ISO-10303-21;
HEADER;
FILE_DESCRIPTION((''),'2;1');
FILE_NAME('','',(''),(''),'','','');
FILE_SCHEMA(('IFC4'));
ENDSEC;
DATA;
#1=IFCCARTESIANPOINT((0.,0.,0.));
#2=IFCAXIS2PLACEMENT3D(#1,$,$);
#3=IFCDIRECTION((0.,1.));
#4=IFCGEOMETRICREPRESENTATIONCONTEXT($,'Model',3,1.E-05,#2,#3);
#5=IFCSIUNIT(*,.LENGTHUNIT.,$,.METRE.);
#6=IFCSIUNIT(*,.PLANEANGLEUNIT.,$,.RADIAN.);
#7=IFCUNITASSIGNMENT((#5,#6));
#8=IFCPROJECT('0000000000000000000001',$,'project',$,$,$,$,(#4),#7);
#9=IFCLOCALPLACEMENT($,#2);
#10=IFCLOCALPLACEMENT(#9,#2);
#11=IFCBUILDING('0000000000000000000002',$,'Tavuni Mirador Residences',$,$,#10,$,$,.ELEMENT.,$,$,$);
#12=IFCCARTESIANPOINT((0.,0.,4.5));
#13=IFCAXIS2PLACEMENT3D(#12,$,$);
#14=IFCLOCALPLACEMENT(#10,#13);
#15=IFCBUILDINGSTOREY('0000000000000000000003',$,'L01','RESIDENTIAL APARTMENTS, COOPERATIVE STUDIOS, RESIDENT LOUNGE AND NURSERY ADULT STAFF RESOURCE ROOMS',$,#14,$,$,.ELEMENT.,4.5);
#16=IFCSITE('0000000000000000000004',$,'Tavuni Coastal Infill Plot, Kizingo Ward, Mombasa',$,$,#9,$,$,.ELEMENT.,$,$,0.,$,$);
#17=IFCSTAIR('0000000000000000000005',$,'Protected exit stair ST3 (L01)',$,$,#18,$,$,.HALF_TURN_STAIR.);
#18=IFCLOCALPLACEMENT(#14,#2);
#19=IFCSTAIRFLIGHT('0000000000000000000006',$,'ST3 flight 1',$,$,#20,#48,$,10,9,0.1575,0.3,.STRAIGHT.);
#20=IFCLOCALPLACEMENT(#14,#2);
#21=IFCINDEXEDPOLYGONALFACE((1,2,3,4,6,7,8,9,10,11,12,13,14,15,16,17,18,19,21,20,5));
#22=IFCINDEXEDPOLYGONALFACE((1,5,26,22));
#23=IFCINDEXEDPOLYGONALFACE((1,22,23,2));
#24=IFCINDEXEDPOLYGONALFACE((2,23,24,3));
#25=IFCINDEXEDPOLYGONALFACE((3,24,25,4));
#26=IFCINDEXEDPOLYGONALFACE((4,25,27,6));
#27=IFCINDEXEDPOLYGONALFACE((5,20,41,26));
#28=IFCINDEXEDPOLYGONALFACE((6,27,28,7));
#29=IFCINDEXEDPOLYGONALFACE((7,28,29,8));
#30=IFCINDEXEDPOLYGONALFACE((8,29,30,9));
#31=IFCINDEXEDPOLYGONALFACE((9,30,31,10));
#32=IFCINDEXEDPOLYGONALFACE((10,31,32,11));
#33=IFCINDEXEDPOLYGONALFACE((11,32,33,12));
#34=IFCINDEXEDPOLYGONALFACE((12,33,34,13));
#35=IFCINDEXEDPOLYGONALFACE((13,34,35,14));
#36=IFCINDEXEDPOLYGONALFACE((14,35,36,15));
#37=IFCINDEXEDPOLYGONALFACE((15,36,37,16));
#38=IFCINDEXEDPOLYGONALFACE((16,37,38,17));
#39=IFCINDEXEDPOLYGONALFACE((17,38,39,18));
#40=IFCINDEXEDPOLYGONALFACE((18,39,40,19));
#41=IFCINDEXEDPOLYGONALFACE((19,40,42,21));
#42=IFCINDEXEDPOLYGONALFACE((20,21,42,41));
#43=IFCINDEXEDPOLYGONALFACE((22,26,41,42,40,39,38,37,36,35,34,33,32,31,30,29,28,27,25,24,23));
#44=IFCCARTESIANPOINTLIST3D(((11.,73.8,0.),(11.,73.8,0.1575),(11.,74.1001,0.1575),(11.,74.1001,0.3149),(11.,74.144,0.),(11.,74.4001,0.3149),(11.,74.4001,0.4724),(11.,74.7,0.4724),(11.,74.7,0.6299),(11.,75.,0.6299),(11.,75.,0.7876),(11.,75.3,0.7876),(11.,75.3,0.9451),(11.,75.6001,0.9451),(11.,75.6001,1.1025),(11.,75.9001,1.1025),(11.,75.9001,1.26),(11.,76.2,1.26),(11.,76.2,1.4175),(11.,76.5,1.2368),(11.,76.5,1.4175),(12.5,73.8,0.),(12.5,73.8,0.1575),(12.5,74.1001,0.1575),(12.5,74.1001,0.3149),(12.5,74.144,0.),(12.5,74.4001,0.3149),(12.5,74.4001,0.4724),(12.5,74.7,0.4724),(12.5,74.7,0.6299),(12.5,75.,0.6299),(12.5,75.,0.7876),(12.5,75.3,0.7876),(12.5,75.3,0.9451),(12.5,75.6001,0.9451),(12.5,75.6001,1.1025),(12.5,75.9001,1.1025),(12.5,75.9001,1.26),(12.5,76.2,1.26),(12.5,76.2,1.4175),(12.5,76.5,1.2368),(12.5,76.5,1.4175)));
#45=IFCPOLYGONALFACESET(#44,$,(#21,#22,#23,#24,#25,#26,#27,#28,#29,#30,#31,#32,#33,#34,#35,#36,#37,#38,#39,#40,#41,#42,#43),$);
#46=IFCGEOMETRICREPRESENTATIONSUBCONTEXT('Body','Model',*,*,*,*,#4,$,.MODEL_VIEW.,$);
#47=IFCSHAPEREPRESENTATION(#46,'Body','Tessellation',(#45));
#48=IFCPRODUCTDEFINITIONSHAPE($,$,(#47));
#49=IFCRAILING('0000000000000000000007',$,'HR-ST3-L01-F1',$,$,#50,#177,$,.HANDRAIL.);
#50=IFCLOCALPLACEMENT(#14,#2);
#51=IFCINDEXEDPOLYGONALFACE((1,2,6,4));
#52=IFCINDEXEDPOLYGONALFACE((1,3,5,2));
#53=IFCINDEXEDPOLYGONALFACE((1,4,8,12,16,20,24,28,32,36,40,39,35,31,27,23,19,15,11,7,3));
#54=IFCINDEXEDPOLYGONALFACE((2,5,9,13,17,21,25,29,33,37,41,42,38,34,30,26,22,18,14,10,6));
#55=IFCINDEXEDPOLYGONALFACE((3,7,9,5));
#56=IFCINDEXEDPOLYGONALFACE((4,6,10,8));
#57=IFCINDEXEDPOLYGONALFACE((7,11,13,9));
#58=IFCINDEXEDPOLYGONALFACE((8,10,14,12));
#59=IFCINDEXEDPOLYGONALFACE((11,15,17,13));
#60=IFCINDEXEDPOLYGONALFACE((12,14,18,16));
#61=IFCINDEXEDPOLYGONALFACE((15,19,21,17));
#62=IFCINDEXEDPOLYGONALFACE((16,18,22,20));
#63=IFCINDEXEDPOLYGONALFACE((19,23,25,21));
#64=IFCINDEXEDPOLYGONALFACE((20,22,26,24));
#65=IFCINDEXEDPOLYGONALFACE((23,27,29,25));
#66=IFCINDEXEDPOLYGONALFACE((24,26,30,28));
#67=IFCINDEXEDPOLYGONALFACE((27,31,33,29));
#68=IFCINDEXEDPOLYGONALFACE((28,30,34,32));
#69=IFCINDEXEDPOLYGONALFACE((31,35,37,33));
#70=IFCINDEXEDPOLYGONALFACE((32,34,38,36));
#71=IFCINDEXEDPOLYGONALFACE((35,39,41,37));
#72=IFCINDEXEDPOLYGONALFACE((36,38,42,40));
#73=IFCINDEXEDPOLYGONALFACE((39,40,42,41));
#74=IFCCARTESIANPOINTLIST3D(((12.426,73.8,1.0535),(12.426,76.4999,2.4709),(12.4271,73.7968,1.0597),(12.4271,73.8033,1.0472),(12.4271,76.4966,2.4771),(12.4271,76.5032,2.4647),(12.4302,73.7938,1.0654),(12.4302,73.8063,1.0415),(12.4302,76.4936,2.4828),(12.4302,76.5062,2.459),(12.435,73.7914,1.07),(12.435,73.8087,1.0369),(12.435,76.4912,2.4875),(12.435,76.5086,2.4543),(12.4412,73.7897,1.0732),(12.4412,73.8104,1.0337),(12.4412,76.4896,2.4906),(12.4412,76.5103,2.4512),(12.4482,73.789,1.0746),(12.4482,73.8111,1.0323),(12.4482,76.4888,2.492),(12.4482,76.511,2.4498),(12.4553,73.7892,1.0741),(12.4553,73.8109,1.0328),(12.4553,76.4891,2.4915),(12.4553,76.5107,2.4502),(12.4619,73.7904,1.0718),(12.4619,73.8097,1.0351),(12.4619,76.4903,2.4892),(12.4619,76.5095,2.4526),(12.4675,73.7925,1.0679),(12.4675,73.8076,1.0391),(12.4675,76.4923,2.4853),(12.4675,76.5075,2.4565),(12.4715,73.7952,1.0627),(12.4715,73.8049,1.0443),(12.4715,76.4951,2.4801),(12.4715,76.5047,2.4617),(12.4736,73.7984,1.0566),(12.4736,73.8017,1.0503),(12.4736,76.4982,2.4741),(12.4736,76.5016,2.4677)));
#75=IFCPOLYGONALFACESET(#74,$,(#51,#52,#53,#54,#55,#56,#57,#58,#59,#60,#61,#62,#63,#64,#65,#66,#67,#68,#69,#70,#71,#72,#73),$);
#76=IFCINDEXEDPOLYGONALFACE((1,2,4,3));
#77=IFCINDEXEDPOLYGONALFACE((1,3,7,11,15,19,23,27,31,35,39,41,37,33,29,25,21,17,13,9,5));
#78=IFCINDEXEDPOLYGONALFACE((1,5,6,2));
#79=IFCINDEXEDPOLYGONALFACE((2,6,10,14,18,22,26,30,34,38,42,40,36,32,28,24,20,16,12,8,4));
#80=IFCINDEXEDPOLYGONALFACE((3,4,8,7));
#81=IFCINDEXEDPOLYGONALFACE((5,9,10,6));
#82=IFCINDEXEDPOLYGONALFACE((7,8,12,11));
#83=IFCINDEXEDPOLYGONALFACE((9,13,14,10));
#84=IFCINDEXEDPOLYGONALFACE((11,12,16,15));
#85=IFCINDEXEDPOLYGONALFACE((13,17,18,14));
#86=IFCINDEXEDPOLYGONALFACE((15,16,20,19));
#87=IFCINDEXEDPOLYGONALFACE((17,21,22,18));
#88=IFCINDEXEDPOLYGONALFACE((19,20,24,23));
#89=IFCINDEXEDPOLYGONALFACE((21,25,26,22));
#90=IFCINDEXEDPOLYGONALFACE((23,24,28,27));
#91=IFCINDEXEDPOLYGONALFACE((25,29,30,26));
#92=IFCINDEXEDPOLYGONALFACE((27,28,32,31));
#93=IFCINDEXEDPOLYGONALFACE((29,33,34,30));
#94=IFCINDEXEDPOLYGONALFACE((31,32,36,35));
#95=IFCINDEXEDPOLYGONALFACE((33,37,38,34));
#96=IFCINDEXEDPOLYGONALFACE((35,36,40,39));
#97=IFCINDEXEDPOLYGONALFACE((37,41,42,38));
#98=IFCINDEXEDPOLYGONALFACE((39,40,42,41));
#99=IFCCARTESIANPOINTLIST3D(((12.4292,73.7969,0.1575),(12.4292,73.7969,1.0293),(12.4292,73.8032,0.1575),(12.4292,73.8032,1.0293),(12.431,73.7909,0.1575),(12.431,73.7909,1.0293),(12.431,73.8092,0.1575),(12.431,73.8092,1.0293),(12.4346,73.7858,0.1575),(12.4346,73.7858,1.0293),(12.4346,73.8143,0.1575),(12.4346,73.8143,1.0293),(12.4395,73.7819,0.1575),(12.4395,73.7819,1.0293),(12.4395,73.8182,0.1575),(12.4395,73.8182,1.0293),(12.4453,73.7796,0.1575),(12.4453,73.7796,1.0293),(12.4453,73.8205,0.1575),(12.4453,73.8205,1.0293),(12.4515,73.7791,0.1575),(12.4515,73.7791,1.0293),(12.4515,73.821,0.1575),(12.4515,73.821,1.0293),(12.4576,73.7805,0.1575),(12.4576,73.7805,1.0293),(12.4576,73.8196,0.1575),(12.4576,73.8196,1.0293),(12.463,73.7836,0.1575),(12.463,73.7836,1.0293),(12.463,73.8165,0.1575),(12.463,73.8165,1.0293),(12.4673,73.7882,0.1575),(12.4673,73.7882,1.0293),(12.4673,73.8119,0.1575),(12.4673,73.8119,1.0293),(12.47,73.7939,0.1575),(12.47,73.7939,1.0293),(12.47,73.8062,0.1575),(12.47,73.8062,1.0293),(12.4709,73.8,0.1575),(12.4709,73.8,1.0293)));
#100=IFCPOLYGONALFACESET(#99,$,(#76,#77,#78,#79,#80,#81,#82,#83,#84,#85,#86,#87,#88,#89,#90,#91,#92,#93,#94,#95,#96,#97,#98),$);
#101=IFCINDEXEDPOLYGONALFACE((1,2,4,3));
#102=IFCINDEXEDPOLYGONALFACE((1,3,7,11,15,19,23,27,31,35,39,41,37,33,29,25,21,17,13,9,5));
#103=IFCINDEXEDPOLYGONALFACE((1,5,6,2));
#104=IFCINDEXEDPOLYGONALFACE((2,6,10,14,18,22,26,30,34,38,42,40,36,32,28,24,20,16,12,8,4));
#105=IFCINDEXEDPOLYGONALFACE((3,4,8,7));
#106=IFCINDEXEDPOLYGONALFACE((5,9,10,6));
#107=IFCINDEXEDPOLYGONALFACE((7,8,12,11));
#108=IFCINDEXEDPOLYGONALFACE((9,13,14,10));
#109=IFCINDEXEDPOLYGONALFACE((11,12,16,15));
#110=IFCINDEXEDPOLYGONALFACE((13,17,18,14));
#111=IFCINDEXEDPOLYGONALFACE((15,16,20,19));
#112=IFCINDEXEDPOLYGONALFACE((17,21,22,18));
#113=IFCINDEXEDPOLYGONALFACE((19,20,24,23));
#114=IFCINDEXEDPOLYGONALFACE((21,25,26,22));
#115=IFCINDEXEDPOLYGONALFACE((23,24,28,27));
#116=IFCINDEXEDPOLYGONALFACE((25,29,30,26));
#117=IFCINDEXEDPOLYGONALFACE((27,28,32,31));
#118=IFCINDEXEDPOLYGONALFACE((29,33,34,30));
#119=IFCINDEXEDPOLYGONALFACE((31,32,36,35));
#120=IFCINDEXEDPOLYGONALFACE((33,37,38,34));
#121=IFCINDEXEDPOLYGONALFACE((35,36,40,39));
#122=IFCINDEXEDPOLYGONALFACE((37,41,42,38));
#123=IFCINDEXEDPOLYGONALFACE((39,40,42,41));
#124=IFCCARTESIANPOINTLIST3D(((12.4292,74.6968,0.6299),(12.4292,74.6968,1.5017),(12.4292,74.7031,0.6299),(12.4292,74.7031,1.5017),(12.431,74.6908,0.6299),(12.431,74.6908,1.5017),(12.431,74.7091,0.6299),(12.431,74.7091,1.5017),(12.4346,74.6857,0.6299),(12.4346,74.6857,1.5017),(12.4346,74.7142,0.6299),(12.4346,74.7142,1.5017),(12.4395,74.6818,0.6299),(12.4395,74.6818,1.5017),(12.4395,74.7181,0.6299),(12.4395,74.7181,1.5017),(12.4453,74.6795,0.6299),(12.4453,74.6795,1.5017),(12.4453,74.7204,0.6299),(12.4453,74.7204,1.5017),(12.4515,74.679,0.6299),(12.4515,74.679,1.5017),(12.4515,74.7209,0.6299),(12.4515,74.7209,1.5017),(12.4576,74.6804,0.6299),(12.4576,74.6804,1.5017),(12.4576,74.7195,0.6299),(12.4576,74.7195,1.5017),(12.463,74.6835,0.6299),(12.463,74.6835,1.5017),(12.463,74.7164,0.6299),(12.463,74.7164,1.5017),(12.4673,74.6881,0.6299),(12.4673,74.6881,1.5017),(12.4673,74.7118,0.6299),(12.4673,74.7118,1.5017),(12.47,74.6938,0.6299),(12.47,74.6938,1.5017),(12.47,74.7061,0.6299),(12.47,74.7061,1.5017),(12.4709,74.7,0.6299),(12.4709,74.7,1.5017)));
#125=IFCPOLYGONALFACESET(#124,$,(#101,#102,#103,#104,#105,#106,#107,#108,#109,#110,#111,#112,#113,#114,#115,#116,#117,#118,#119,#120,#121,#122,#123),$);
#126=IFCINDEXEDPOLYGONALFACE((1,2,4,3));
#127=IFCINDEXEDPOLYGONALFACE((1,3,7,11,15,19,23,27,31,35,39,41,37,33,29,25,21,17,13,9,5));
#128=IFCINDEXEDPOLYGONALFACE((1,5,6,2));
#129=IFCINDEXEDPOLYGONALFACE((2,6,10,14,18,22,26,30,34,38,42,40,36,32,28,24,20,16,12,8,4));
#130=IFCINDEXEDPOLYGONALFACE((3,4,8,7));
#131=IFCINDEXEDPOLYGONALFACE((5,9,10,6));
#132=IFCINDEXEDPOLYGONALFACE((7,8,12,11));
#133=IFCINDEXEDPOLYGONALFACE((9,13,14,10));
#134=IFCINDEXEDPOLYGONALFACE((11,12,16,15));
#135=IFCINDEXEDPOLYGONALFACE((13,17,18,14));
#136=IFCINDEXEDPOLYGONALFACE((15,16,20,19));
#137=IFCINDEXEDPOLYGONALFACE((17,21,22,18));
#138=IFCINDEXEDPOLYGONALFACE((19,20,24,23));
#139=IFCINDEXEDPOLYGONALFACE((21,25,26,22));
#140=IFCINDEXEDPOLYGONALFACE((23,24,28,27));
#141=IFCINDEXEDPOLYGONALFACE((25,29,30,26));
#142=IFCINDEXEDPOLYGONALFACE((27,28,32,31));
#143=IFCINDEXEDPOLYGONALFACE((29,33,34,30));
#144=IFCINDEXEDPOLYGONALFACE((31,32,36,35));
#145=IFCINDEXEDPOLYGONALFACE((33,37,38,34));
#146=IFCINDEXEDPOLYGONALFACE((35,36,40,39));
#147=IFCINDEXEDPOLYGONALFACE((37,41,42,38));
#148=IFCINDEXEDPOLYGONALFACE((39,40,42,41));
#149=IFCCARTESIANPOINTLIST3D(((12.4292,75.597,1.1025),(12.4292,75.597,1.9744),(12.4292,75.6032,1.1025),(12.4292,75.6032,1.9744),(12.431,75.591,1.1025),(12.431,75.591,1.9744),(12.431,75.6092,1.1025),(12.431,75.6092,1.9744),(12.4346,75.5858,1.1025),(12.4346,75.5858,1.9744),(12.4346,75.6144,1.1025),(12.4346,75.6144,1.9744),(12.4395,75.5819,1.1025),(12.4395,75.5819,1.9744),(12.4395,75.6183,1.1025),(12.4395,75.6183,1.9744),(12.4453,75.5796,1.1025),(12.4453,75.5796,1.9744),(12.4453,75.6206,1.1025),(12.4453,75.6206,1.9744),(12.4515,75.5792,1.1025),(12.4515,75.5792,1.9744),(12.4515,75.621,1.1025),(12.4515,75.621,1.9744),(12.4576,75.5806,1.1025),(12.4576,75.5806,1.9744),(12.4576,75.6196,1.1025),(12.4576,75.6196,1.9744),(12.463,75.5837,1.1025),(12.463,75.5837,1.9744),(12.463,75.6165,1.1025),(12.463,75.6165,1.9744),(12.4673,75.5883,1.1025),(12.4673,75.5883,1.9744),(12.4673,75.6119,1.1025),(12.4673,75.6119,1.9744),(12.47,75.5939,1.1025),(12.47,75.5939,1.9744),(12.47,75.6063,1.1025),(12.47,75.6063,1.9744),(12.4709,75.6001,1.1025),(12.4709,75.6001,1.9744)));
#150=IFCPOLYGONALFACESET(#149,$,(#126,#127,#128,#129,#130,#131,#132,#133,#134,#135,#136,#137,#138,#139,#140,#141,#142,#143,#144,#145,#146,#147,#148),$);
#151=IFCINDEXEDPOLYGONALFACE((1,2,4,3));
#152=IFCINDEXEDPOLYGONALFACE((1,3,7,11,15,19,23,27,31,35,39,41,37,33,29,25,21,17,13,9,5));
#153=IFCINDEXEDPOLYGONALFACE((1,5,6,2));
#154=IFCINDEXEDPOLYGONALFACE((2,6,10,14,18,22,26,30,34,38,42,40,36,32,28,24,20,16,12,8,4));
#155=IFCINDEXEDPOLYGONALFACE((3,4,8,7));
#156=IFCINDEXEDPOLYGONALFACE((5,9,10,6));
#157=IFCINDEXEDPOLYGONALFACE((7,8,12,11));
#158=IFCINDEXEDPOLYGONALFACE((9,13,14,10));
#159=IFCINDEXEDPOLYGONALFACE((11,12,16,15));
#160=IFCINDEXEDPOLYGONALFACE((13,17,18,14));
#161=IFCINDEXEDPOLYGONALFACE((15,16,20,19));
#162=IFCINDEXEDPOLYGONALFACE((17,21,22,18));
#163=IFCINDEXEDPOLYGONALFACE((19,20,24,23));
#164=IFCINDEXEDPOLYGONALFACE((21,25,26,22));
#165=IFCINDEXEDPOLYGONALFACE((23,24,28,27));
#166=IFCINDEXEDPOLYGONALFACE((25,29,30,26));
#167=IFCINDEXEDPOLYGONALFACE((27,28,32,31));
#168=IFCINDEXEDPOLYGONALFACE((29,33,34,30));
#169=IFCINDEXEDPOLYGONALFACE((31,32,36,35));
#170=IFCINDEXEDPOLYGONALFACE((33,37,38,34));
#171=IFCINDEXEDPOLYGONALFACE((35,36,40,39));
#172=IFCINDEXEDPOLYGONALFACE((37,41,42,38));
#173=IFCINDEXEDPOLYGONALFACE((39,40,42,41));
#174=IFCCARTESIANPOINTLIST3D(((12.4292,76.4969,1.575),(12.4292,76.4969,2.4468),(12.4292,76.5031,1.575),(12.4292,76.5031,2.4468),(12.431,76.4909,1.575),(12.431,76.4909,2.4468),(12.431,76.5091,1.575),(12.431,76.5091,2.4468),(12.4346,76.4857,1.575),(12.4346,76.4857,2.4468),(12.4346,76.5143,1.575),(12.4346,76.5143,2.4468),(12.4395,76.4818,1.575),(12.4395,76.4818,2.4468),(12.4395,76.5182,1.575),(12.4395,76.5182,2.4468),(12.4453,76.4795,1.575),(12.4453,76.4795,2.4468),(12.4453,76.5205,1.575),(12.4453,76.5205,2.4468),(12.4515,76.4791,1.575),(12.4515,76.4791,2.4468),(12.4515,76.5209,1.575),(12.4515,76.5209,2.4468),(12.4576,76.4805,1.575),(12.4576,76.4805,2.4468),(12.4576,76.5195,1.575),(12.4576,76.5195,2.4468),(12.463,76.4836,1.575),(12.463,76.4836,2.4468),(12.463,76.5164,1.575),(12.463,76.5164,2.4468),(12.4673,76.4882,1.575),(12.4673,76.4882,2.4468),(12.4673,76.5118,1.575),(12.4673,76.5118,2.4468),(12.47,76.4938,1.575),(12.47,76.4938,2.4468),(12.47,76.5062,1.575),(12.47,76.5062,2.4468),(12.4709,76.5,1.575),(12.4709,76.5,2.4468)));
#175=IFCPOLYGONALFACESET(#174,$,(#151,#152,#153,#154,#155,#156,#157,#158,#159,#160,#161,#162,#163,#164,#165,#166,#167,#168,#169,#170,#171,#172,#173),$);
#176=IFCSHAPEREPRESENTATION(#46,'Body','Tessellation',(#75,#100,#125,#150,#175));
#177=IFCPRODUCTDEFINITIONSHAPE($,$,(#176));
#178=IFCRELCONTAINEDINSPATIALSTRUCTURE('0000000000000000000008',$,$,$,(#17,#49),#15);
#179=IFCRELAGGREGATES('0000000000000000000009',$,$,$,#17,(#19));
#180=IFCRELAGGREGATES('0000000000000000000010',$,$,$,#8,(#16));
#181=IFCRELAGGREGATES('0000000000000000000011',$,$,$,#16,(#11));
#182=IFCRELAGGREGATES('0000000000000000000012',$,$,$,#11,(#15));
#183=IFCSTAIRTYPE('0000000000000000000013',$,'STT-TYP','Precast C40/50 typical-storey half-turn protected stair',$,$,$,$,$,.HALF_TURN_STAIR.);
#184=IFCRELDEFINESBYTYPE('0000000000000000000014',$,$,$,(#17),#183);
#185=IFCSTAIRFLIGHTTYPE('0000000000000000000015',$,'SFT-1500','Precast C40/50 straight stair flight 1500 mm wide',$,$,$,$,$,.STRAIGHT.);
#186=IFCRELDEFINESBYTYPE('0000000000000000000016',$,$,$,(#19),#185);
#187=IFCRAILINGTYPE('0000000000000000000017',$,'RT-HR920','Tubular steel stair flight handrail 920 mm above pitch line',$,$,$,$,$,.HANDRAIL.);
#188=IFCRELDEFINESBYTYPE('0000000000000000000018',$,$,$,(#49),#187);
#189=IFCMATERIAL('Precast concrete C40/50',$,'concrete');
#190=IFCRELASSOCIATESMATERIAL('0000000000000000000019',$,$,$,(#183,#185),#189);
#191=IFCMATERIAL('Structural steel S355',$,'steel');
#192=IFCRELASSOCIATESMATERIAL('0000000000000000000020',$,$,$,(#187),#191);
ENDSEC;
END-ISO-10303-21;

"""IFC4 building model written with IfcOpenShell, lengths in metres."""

from ifc_helpers import new_model, si_unit, direction, frame, origin, origin_2d, place, context, subcontext, project, spatial, polyline, circle, outline, extrude, material, type_object, element, aggregate, save


model = new_model("IFC4")

# Units and contexts
model_context = context("Model", 3, precision=1e-05, world=origin(), true_north=direction((0.0, 1.0)))
body_context = subcontext(model_context, "Body", "Model", "MODEL_VIEW")
ifc_project = project(units=[si_unit("LENGTHUNIT", "METRE"), si_unit("PLANEANGLEUNIT", "RADIAN")], contexts=[model_context])

# Site, building, storey
site_placement = place(None, origin())
site = spatial("IfcSite", under=ifc_project, at=site_placement, Name="Tavuni Coastal Infill Plot, Kizingo Ward, Mombasa", CompositionType="ELEMENT", RefElevation=0.0)
building_placement = place(site_placement, origin())
building = spatial("IfcBuilding", under=site, at=building_placement, Name="Tavuni Mirador Residences", CompositionType="ELEMENT")
storey_placement = place(building_placement, frame((0.0, 0.0, 4.5)))
storey = spatial("IfcBuildingStorey", under=building, at=storey_placement, Name="L01", Description="RESIDENTIAL APARTMENTS, COOPERATIVE STUDIOS, RESIDENT LOUNGE AND NURSERY ADULT STAFF RESOURCE ROOMS", CompositionType="ELEMENT", Elevation=4.5)

# Shared definitions
ifc_material_1 = material(Name="Precast concrete C40/50", Category="concrete")

# Stair, stair flight
stair_type = type_object("IfcStairType", Name="STT-TYP", Description="Precast C40/50 typical-storey half-turn protected stair", PredefinedType="HALF_TURN_STAIR", material=ifc_material_1)
stair_placement = place(storey_placement, origin())
stair = element("IfcStair", 1, at=stair_placement, inside=storey, type_object=stair_type, Name="Protected exit stair ST3 (L01)", PredefinedType="HALF_TURN_STAIR")
stair_flight_type = type_object("IfcStairFlightType", Name="SFT-1500", Description="Precast C40/50 straight stair flight 1500 mm wide", PredefinedType="STRAIGHT", material=ifc_material_1)
stair_flight_placement = place(storey_placement, frame((11.75, 73.8, 0.0), z_axis=(0.0, 0.0, 1.0), x_axis=(0.0, 1.0, 0.0)))
stair_flight = element("IfcStairFlight", 2, at=stair_flight_placement, type_object=stair_flight_type, Name="ST3 flight 1", NumberOfRisers=10, NumberOfTreads=9, PredefinedType="STRAIGHT", RiserHeight=0.1575, TreadLength=0.3, context=body_context, shape_type="SweptSolid", body=[
    extrude(outline(polyline([(0.0, 0.0), (0.0, 0.1575), (0.3, 0.1575), (0.3, 0.3149), (0.6001, 0.3149), (0.6001, 0.4724), (0.8999, 0.4724), (0.8999, 0.6299), (1.2, 0.6299), (1.2, 0.7876), (1.5, 0.7876), (1.5, 0.9451), (1.8, 0.9451), (1.8, 1.1025), (2.1001, 1.1025), (2.1001, 1.26), (2.3999, 1.26), (2.3999, 1.4175), (2.7, 1.4175), (2.7, 1.575), (2.7, 1.2368), (0.344, 0.0), (0.0, 0.0)])), frame((0.0, 0.75, 0.0), z_axis=(0.0, -1.0, 0.0), x_axis=(1.0, 0.0, 0.0)), (0.0, 0.0, 1.0), 1.5),
])
aggregate(stair, [stair_flight])

# Railing
ifc_material_2 = material(Name="Structural steel S355", Category="steel")
railing_type = type_object("IfcRailingType", Name="RT-HR920", Description="Tubular steel stair flight handrail 920 mm above pitch line", PredefinedType="HANDRAIL", material=ifc_material_2)
railing_placement = place(storey_placement, frame((12.45, 73.8, 0.1575)))
element("IfcRailing", 3, at=railing_placement, inside=storey, type_object=railing_type, Name="HR-ST3-L01-F1", PredefinedType="HANDRAIL", context=body_context, shape_type="SweptSolid", body=[
    extrude(circle(Radius=0.0239, at=origin_2d()), frame((0.0, 0.0, 0.896), z_axis=(0.0, 0.885397, 0.464835), x_axis=(-1.0, 0.0, 0.0)), (0.0, 0.0, 1.0), 3.0493),
    extrude(circle(Radius=0.021, at=origin_2d()), origin(), (0.0, 0.0, 1.0), 0.8718),
    extrude(circle(Radius=0.021, at=origin_2d()), frame((0.0, 0.8999, 0.4724)), (0.0, 0.0, 1.0), 0.8718),
    extrude(circle(Radius=0.021, at=origin_2d()), frame((0.0, 1.8, 0.9451)), (0.0, 0.0, 1.0), 0.8718),
    extrude(circle(Radius=0.021, at=origin_2d()), frame((0.0, 2.7, 1.4175)), (0.0, 0.0, 1.0), 0.8718),
])

save(model, "model.ifc")
